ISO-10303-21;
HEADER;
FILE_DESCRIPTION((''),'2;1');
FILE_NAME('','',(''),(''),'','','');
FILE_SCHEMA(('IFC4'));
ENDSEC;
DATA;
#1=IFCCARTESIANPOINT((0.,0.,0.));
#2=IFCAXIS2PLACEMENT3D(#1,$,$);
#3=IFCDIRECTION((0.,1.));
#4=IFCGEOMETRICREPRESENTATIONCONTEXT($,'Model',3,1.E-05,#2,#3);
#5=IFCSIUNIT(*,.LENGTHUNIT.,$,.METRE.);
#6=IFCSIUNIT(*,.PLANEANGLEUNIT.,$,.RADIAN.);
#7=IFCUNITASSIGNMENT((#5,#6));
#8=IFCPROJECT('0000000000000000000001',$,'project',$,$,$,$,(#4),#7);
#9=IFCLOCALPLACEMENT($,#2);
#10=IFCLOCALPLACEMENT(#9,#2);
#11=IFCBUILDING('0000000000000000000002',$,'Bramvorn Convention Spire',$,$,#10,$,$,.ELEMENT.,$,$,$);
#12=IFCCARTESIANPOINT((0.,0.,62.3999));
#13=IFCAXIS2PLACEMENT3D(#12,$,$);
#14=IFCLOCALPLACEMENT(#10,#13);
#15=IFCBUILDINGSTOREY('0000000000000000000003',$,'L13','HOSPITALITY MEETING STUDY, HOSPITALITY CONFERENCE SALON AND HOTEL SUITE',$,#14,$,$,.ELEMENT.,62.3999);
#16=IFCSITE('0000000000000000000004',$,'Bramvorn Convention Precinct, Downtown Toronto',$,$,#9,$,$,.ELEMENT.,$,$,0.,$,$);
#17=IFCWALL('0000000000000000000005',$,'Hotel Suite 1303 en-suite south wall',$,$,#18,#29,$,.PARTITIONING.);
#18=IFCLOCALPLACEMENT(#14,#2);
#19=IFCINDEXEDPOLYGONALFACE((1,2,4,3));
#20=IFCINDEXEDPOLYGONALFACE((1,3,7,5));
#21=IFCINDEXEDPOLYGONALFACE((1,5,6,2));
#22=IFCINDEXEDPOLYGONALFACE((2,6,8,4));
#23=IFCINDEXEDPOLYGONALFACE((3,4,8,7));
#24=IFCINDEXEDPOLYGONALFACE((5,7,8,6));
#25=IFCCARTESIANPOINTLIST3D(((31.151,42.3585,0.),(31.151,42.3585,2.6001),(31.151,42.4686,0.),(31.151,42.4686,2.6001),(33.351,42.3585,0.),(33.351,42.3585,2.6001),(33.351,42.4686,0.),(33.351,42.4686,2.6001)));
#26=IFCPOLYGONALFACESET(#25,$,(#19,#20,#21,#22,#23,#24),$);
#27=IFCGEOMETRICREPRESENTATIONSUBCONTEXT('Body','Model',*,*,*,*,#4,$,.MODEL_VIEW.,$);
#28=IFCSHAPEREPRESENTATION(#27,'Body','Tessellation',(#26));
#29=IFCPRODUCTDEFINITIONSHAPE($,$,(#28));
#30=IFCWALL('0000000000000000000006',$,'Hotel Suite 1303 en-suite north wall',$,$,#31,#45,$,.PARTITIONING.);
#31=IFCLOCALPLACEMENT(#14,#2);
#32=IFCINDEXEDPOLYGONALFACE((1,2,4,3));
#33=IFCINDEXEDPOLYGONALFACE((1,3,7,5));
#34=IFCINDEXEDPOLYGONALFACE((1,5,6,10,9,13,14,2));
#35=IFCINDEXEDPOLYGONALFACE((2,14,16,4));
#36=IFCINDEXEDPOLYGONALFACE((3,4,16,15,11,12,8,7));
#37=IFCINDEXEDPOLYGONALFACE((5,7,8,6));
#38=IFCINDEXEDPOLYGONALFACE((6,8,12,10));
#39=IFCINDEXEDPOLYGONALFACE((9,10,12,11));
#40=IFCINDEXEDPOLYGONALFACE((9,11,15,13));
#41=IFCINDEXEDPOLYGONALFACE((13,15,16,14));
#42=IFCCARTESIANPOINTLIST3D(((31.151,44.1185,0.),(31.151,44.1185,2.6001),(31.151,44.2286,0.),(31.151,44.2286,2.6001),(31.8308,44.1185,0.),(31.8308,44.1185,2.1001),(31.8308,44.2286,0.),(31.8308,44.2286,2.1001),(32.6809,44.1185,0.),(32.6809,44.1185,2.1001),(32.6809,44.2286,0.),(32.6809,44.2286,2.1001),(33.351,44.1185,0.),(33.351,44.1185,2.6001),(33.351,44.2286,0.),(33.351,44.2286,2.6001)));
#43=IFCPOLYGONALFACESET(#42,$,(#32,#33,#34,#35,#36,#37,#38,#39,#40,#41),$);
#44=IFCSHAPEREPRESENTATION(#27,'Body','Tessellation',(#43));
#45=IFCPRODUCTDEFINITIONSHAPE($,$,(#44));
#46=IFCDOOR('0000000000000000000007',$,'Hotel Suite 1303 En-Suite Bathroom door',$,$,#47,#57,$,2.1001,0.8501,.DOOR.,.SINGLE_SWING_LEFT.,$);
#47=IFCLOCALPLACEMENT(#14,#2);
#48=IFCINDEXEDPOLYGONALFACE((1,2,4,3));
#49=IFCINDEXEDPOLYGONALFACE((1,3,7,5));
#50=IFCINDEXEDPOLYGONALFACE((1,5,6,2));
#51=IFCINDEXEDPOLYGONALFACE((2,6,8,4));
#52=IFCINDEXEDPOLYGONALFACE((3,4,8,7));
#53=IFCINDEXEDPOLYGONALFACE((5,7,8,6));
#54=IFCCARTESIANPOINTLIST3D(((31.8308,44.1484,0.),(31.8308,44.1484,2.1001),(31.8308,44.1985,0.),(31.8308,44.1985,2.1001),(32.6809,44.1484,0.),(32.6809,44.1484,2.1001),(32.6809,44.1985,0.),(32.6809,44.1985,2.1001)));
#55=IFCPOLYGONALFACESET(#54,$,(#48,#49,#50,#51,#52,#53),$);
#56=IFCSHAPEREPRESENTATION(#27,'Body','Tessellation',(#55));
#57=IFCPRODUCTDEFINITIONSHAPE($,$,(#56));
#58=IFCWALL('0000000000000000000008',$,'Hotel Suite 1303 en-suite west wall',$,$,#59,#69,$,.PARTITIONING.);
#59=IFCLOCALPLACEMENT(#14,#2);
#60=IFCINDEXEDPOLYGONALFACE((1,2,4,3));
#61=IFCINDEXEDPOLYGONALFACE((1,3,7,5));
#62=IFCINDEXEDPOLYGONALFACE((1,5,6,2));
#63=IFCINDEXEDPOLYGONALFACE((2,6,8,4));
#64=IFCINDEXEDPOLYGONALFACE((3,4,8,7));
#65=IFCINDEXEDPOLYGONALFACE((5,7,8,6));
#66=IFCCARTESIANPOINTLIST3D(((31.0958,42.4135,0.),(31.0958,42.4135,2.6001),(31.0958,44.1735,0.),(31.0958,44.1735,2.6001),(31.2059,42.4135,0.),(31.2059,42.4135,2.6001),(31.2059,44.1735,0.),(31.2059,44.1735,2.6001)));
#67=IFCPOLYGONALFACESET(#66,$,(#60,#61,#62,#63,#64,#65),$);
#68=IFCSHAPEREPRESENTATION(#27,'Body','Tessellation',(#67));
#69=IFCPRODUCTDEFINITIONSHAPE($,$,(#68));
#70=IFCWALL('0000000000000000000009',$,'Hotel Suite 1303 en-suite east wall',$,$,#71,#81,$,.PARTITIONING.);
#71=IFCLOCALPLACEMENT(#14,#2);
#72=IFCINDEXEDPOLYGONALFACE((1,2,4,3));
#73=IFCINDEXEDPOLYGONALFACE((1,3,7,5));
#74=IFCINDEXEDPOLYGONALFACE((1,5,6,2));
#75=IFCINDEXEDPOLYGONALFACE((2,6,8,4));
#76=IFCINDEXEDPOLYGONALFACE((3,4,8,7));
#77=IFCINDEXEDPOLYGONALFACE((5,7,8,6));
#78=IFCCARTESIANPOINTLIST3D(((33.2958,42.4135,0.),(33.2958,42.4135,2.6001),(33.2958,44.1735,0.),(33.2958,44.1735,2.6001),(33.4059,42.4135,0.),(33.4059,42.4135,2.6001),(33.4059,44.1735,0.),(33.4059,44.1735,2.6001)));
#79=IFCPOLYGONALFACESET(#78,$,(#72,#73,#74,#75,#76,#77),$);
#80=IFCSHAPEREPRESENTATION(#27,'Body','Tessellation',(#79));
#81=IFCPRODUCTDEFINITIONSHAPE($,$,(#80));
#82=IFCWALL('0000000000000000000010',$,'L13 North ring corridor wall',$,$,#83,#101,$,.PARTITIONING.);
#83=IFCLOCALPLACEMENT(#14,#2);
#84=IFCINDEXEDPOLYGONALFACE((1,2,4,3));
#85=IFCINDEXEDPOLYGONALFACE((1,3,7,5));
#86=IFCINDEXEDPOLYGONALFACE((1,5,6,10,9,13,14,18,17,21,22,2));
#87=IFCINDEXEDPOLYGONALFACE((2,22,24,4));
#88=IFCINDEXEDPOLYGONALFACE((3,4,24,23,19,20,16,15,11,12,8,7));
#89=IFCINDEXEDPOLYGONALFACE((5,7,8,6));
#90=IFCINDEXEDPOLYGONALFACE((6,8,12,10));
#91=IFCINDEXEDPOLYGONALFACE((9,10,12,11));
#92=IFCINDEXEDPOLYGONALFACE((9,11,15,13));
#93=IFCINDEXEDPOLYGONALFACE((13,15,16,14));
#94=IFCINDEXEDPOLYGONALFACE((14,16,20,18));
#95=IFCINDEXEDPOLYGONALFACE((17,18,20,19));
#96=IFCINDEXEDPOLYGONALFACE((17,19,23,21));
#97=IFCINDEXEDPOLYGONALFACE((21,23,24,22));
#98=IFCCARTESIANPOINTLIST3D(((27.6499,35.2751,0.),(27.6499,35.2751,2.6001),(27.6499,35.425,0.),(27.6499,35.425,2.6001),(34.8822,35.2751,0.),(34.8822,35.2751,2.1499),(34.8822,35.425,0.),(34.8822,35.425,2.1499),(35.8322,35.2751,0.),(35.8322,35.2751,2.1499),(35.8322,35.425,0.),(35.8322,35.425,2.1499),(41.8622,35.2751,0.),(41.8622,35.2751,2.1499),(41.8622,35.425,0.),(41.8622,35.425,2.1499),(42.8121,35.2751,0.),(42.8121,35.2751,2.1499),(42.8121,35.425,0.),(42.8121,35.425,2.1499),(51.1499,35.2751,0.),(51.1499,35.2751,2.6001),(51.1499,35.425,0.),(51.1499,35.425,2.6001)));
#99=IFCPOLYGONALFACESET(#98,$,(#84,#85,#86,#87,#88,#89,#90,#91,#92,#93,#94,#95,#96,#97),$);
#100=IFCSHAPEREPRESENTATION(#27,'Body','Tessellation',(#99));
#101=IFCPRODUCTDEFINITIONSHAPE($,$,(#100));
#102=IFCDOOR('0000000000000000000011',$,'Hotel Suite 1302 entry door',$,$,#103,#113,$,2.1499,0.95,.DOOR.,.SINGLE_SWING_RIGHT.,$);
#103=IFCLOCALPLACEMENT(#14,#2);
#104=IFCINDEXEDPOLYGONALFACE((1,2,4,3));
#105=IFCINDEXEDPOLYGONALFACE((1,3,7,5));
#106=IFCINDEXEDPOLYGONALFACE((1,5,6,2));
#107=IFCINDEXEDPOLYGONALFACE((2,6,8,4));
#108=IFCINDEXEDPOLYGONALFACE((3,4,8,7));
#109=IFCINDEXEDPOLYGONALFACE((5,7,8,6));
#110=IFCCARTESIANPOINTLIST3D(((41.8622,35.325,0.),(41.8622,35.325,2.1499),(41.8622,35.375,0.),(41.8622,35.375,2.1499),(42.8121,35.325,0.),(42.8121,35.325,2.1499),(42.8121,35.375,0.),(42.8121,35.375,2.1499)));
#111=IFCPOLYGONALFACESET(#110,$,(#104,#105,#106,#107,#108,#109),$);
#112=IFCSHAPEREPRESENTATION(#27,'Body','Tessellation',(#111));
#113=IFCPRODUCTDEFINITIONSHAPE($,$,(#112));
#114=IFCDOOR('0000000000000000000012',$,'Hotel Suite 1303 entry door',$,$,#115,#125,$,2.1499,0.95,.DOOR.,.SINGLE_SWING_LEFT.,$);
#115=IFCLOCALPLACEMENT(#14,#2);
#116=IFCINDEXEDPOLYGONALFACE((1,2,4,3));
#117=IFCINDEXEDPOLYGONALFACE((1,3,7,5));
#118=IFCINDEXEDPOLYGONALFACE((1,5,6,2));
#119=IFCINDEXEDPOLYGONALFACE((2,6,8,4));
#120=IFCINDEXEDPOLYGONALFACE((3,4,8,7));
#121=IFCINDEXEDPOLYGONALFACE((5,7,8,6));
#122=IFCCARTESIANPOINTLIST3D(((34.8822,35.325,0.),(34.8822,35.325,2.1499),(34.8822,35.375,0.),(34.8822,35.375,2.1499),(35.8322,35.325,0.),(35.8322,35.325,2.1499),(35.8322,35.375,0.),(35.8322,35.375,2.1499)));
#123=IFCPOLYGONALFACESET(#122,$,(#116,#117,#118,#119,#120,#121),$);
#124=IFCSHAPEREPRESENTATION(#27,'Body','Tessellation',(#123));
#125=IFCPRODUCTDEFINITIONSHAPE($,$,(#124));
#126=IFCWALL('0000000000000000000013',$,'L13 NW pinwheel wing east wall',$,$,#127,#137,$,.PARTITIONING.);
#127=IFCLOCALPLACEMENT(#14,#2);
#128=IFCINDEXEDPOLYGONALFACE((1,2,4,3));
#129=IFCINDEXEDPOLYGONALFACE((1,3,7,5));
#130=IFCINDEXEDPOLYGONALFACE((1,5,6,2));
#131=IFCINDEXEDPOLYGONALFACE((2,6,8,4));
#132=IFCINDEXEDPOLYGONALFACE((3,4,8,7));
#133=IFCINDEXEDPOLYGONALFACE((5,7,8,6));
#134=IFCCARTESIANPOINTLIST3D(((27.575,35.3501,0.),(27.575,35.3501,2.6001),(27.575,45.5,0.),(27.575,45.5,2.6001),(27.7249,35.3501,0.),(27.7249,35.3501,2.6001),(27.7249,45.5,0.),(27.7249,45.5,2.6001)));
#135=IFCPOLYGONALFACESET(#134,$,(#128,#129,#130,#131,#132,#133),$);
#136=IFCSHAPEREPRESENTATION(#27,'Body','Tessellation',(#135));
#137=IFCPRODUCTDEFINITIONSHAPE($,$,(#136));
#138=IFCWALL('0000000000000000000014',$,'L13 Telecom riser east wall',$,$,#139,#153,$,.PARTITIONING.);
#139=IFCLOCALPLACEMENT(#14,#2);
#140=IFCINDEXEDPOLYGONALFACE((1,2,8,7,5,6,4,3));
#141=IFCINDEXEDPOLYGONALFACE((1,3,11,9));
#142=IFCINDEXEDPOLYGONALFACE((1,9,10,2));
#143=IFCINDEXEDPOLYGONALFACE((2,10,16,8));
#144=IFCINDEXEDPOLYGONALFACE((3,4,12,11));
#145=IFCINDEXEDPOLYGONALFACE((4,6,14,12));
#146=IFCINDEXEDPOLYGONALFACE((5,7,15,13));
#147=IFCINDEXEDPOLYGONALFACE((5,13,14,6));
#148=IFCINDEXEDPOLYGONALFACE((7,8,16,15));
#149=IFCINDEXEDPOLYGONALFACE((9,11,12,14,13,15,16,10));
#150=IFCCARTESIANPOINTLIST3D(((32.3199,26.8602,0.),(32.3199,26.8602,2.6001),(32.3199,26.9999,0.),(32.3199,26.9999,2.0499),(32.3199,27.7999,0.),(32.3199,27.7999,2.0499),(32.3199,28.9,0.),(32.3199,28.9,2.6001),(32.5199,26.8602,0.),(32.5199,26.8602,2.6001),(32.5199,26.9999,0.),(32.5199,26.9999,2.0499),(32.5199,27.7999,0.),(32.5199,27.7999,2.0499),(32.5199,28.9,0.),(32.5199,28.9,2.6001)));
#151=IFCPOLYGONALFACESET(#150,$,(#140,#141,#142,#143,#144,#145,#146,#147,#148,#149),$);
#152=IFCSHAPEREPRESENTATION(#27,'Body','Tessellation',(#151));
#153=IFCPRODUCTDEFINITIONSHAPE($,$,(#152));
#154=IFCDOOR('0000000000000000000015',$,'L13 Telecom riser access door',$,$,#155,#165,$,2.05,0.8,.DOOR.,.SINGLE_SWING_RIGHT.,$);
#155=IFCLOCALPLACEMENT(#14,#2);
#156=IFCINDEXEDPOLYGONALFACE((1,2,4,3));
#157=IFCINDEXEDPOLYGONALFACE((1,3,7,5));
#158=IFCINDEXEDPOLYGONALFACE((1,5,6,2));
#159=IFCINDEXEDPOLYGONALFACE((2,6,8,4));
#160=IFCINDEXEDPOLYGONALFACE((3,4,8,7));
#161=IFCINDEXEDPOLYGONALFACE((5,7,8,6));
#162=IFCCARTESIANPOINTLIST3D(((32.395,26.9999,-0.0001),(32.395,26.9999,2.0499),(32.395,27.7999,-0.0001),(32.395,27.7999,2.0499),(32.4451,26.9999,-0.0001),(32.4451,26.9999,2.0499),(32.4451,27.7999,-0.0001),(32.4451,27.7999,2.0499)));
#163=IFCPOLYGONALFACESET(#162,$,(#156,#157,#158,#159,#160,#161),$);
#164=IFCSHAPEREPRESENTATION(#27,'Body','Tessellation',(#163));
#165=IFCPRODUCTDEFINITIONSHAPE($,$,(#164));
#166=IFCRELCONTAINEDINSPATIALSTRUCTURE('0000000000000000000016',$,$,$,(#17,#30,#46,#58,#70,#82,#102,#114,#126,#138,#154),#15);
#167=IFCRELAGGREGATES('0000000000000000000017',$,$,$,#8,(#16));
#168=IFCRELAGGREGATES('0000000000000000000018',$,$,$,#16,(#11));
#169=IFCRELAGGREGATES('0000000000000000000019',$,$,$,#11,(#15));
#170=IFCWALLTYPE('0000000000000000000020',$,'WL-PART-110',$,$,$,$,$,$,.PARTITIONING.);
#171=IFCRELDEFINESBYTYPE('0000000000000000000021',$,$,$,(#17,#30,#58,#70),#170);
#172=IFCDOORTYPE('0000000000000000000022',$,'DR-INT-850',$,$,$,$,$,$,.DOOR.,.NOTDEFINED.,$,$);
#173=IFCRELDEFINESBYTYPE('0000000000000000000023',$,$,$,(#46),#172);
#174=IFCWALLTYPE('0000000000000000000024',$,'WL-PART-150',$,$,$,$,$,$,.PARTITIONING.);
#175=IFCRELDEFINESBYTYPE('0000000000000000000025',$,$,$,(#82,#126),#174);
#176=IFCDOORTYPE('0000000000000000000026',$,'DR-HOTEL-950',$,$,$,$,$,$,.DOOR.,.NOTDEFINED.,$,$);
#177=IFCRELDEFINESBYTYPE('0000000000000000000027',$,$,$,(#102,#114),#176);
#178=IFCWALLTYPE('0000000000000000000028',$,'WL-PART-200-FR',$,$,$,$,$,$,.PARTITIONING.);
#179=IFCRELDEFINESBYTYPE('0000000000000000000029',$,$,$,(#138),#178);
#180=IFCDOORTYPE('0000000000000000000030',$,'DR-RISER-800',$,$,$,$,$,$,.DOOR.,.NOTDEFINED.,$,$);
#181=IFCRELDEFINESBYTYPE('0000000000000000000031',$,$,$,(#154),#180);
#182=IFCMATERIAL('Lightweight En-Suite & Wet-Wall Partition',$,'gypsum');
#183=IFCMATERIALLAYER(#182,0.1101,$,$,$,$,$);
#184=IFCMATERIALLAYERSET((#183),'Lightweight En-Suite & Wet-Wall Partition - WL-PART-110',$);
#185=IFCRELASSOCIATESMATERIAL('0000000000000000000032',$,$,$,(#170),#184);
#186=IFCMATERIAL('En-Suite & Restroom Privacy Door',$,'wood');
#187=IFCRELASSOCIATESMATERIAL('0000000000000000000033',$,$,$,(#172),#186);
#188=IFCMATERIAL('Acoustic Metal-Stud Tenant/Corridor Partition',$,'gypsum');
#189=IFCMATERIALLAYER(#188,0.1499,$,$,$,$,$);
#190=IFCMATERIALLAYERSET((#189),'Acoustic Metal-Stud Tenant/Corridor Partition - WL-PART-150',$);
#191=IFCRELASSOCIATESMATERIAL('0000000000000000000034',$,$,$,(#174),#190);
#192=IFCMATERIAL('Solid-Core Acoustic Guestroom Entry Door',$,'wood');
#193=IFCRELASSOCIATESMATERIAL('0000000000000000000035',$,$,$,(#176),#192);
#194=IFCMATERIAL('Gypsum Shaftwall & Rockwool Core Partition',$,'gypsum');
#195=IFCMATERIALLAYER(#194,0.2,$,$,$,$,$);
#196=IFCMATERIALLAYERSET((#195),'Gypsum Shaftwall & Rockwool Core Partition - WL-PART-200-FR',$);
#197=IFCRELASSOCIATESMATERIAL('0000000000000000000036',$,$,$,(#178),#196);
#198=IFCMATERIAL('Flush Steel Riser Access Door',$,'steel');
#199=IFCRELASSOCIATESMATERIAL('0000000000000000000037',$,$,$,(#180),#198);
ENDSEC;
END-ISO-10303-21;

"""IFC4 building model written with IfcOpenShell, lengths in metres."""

from ifc_helpers import new_model, si_unit, direction, frame, frame_2d, origin, place, context, subcontext, project, spatial, rectangle, extrude, material, layer, layer_set, type_object, element, fill, save


model = new_model("IFC4")

# Units and contexts
model_context = context("Model", 3, precision=1e-05, world=origin(), true_north=direction((0.0, 1.0)))
body_context = subcontext(model_context, "Body", "Model", "MODEL_VIEW")
ifc_project = project(units=[si_unit("LENGTHUNIT", "METRE"), si_unit("PLANEANGLEUNIT", "RADIAN")], contexts=[model_context])

# Site, building, storey
site_placement = place(None, origin())
site = spatial("IfcSite", under=ifc_project, at=site_placement, Name="Bramvorn Convention Precinct, Downtown Toronto", CompositionType="ELEMENT", RefElevation=0.0)
building_placement = place(site_placement, origin())
building = spatial("IfcBuilding", under=site, at=building_placement, Name="Bramvorn Convention Spire", CompositionType="ELEMENT")
storey_placement = place(building_placement, frame((0.0, 0.0, 62.3999)))
storey = spatial("IfcBuildingStorey", under=building, at=storey_placement, Name="L13", Description="HOSPITALITY MEETING STUDY, HOSPITALITY CONFERENCE SALON AND HOTEL SUITE", CompositionType="ELEMENT", Elevation=62.3999)

# Wall
ifc_material_1 = material(Name="Lightweight En-Suite & Wet-Wall Partition", Category="gypsum")
ifc_layer_1 = layer(ifc_material_1, 0.1101)
ifc_layer_set_1 = layer_set([ifc_layer_1], Name="Lightweight En-Suite & Wet-Wall Partition - WL-PART-110")
wall_type_1 = type_object("IfcWallType", Name="WL-PART-110", PredefinedType="PARTITIONING", material=ifc_layer_set_1)
wall_1_placement = place(storey_placement, frame((31.1509, 42.4136, 0.0), z_axis=(0.0, 0.0, 1.0), x_axis=(1.0, 0.0, 0.0)))
element("IfcWall", 1, at=wall_1_placement, inside=storey, type_object=wall_type_1, Name="Hotel Suite 1303 en-suite south wall", PredefinedType="PARTITIONING", context=body_context, shape_type="SweptSolid", body=[
    extrude(rectangle(XDim=2.2, YDim=0.1101, at=frame_2d((1.1001, 0.0))), origin(), (0.0, 0.0, 1.0), 2.6001),
])

# Wall, opening, door
wall_2_placement = place(storey_placement, frame((31.1509, 44.1736, 0.0), z_axis=(0.0, 0.0, 1.0), x_axis=(1.0, 0.0, 0.0)))
wall_2 = element("IfcWall", 2, at=wall_2_placement, inside=storey, type_object=wall_type_1, Name="Hotel Suite 1303 en-suite north wall", PredefinedType="PARTITIONING", context=body_context, shape_type="SweptSolid", body=[
    extrude(rectangle(XDim=2.2, YDim=0.1101, at=frame_2d((1.1001, 0.0))), origin(), (0.0, 0.0, 1.0), 2.6001),
])
opening_1_placement = place(wall_2_placement, frame((0.6799, 0.0, 0.0)))
opening_1 = element("IfcOpeningElement", 3, at=opening_1_placement, cuts=wall_2, PredefinedType="OPENING", context=body_context, shape_type="SweptSolid", body=[
    extrude(rectangle(XDim=0.8501, YDim=2.1001, at=frame_2d((0.425, 1.05))), frame((0.0, 0.0649, 0.0), z_axis=(0.0, -1.0, 0.0), x_axis=(1.0, 0.0, 0.0)), (0.0, 0.0, 1.0), 0.1301),
])
ifc_material_2 = material(Name="En-Suite & Restroom Privacy Door", Category="wood")
door_type_1 = type_object("IfcDoorType", Name="DR-INT-850", OperationType="NOTDEFINED", PredefinedType="DOOR", material=ifc_material_2)
door_1_placement = place(opening_1_placement, origin())
door_1 = element("IfcDoor", 4, at=door_1_placement, inside=storey, type_object=door_type_1, Name="Hotel Suite 1303 En-Suite Bathroom door", OperationType="SINGLE_SWING_LEFT", OverallHeight=2.1001, OverallWidth=0.8501, PredefinedType="DOOR", context=body_context, shape_type="SweptSolid", body=[
    extrude(rectangle(XDim=0.8501, YDim=2.1001, at=frame_2d((0.425, 1.05))), frame((0.0, 0.0249, 0.0), z_axis=(0.0, -1.0, 0.0), x_axis=(1.0, 0.0, 0.0)), (0.0, 0.0, 1.0), 0.05),
])
fill(opening_1, door_1)

# Walls
for number, where, z_axis, x_axis, name in (
    (5, (31.1509, 42.4136, 0.0), (0.0, 0.0, 1.0), (0.0, 1.0, 0.0), "Hotel Suite 1303 en-suite west wall"),
    (6, (33.3508, 42.4136, 0.0), (0.0, 0.0, 1.0), (0.0, 1.0, 0.0), "Hotel Suite 1303 en-suite east wall"),
):
    element("IfcWall", number, at=place(storey_placement, frame(where, z_axis=z_axis, x_axis=x_axis)), inside=storey, type_object=wall_type_1, Name=name, PredefinedType="PARTITIONING", context=body_context, shape_type="SweptSolid", body=[
        extrude(rectangle(XDim=1.76, YDim=0.1101, at=frame_2d((0.8799, 0.0))), origin(), (0.0, 0.0, 1.0), 2.6001),
    ])

# Wall, openings, doors
ifc_material_3 = material(Name="Acoustic Metal-Stud Tenant/Corridor Partition", Category="gypsum")
ifc_layer_2 = layer(ifc_material_3, 0.1499)
ifc_layer_set_2 = layer_set([ifc_layer_2], Name="Acoustic Metal-Stud Tenant/Corridor Partition - WL-PART-150")
wall_type_2 = type_object("IfcWallType", Name="WL-PART-150", PredefinedType="PARTITIONING", material=ifc_layer_set_2)
wall_3_placement = place(storey_placement, frame((27.6499, 35.3501, 0.0), z_axis=(0.0, 0.0, 1.0), x_axis=(1.0, 0.0, 0.0)))
wall_3 = element("IfcWall", 7, at=wall_3_placement, inside=storey, type_object=wall_type_2, Name="L13 North ring corridor wall", PredefinedType="PARTITIONING", context=body_context, shape_type="SweptSolid", body=[
    extrude(rectangle(XDim=23.5, YDim=0.1499, at=frame_2d((11.75, 0.0))), origin(), (0.0, 0.0, 1.0), 2.6001),
])
opening_2_placement = place(wall_3_placement, frame((14.2122, 0.0, 0.0)))
opening_2 = element("IfcOpeningElement", 8, at=opening_2_placement, cuts=wall_3, PredefinedType="OPENING", context=body_context, shape_type="SweptSolid", body=[
    extrude(rectangle(XDim=0.95, YDim=2.1499, at=frame_2d((0.4751, 1.075))), frame((0.0, 0.085, 0.0), z_axis=(0.0, -1.0, 0.0), x_axis=(1.0, 0.0, 0.0)), (0.0, 0.0, 1.0), 0.1699),
])
opening_3_placement = place(wall_3_placement, frame((7.2322, 0.0, 0.0)))
opening_3 = element("IfcOpeningElement", 9, at=opening_3_placement, cuts=wall_3, PredefinedType="OPENING", context=body_context, shape_type="SweptSolid", body=[
    extrude(rectangle(XDim=0.95, YDim=2.1499, at=frame_2d((0.4751, 1.075))), frame((0.0, 0.085, 0.0), z_axis=(0.0, -1.0, 0.0), x_axis=(1.0, 0.0, 0.0)), (0.0, 0.0, 1.0), 0.1699),
])
ifc_material_4 = material(Name="Solid-Core Acoustic Guestroom Entry Door", Category="wood")
door_type_2 = type_object("IfcDoorType", Name="DR-HOTEL-950", OperationType="NOTDEFINED", PredefinedType="DOOR", material=ifc_material_4)
door_2_placement = place(opening_2_placement, origin())
door_2 = element("IfcDoor", 10, at=door_2_placement, inside=storey, type_object=door_type_2, Name="Hotel Suite 1302 entry door", OperationType="SINGLE_SWING_RIGHT", OverallHeight=2.1499, OverallWidth=0.95, PredefinedType="DOOR", context=body_context, shape_type="SweptSolid", body=[
    extrude(rectangle(XDim=0.95, YDim=2.1499, at=frame_2d((0.4751, 1.075))), frame((0.0, 0.0249, 0.0), z_axis=(0.0, -1.0, 0.0), x_axis=(1.0, 0.0, 0.0)), (0.0, 0.0, 1.0), 0.05),
])
fill(opening_2, door_2)
door_3_placement = place(opening_3_placement, origin())
door_3 = element("IfcDoor", 11, at=door_3_placement, inside=storey, type_object=door_type_2, Name="Hotel Suite 1303 entry door", OperationType="SINGLE_SWING_LEFT", OverallHeight=2.1499, OverallWidth=0.95, PredefinedType="DOOR", context=body_context, shape_type="SweptSolid", body=[
    extrude(rectangle(XDim=0.95, YDim=2.1499, at=frame_2d((0.4751, 1.075))), frame((0.0, 0.0249, 0.0), z_axis=(0.0, -1.0, 0.0), x_axis=(1.0, 0.0, 0.0)), (0.0, 0.0, 1.0), 0.05),
])
fill(opening_3, door_3)

# Wall
wall_4_placement = place(storey_placement, frame((27.6499, 35.3501, 0.0), z_axis=(0.0, 0.0, 1.0), x_axis=(0.0, 1.0, 0.0)))
element("IfcWall", 12, at=wall_4_placement, inside=storey, type_object=wall_type_2, Name="L13 NW pinwheel wing east wall", PredefinedType="PARTITIONING", context=body_context, shape_type="SweptSolid", body=[
    extrude(rectangle(XDim=10.1499, YDim=0.1499, at=frame_2d((5.075, 0.0))), origin(), (0.0, 0.0, 1.0), 2.6001),
])

# Wall, opening, door
ifc_material_5 = material(Name="Gypsum Shaftwall & Rockwool Core Partition", Category="gypsum")
ifc_layer_3 = layer(ifc_material_5, 0.2)
ifc_layer_set_3 = layer_set([ifc_layer_3], Name="Gypsum Shaftwall & Rockwool Core Partition - WL-PART-200-FR")
wall_type_3 = type_object("IfcWallType", Name="WL-PART-200-FR", PredefinedType="PARTITIONING", material=ifc_layer_set_3)
wall_5_placement = place(storey_placement, frame((32.4199, 26.8601, 0.0), z_axis=(0.0, 0.0, 1.0), x_axis=(0.0, 1.0, 0.0)))
wall_5 = element("IfcWall", 13, at=wall_5_placement, inside=storey, type_object=wall_type_3, Name="L13 Telecom riser east wall", PredefinedType="PARTITIONING", context=body_context, shape_type="SweptSolid", body=[
    extrude(rectangle(XDim=2.0398, YDim=0.2, at=frame_2d((1.02, 0.0))), origin(), (0.0, 0.0, 1.0), 2.6001),
])
opening_4_placement = place(wall_5_placement, frame((0.1399, 0.0, 0.0)))
opening_4 = element("IfcOpeningElement", 14, at=opening_4_placement, cuts=wall_5, PredefinedType="OPENING", context=body_context, shape_type="SweptSolid", body=[
    extrude(rectangle(XDim=0.8, YDim=2.05, at=frame_2d((0.3999, 1.0249))), frame((0.0, 0.1099, 0.0), z_axis=(0.0, -1.0, 0.0), x_axis=(1.0, 0.0, 0.0)), (0.0, 0.0, 1.0), 0.22),
])
ifc_material_6 = material(Name="Flush Steel Riser Access Door", Category="steel")
door_type_3 = type_object("IfcDoorType", Name="DR-RISER-800", OperationType="NOTDEFINED", PredefinedType="DOOR", material=ifc_material_6)
door_4_placement = place(opening_4_placement, origin())
door_4 = element("IfcDoor", 15, at=door_4_placement, inside=storey, type_object=door_type_3, Name="L13 Telecom riser access door", OperationType="SINGLE_SWING_RIGHT", OverallHeight=2.05, OverallWidth=0.8, PredefinedType="DOOR", context=body_context, shape_type="SweptSolid", body=[
    extrude(rectangle(XDim=0.8, YDim=2.05, at=frame_2d((0.3999, 1.0249))), frame((0.0, 0.0249, 0.0), z_axis=(0.0, -1.0, 0.0), x_axis=(1.0, 0.0, 0.0)), (0.0, 0.0, 1.0), 0.05),
])
fill(opening_4, door_4)

save(model, "model.ifc")
